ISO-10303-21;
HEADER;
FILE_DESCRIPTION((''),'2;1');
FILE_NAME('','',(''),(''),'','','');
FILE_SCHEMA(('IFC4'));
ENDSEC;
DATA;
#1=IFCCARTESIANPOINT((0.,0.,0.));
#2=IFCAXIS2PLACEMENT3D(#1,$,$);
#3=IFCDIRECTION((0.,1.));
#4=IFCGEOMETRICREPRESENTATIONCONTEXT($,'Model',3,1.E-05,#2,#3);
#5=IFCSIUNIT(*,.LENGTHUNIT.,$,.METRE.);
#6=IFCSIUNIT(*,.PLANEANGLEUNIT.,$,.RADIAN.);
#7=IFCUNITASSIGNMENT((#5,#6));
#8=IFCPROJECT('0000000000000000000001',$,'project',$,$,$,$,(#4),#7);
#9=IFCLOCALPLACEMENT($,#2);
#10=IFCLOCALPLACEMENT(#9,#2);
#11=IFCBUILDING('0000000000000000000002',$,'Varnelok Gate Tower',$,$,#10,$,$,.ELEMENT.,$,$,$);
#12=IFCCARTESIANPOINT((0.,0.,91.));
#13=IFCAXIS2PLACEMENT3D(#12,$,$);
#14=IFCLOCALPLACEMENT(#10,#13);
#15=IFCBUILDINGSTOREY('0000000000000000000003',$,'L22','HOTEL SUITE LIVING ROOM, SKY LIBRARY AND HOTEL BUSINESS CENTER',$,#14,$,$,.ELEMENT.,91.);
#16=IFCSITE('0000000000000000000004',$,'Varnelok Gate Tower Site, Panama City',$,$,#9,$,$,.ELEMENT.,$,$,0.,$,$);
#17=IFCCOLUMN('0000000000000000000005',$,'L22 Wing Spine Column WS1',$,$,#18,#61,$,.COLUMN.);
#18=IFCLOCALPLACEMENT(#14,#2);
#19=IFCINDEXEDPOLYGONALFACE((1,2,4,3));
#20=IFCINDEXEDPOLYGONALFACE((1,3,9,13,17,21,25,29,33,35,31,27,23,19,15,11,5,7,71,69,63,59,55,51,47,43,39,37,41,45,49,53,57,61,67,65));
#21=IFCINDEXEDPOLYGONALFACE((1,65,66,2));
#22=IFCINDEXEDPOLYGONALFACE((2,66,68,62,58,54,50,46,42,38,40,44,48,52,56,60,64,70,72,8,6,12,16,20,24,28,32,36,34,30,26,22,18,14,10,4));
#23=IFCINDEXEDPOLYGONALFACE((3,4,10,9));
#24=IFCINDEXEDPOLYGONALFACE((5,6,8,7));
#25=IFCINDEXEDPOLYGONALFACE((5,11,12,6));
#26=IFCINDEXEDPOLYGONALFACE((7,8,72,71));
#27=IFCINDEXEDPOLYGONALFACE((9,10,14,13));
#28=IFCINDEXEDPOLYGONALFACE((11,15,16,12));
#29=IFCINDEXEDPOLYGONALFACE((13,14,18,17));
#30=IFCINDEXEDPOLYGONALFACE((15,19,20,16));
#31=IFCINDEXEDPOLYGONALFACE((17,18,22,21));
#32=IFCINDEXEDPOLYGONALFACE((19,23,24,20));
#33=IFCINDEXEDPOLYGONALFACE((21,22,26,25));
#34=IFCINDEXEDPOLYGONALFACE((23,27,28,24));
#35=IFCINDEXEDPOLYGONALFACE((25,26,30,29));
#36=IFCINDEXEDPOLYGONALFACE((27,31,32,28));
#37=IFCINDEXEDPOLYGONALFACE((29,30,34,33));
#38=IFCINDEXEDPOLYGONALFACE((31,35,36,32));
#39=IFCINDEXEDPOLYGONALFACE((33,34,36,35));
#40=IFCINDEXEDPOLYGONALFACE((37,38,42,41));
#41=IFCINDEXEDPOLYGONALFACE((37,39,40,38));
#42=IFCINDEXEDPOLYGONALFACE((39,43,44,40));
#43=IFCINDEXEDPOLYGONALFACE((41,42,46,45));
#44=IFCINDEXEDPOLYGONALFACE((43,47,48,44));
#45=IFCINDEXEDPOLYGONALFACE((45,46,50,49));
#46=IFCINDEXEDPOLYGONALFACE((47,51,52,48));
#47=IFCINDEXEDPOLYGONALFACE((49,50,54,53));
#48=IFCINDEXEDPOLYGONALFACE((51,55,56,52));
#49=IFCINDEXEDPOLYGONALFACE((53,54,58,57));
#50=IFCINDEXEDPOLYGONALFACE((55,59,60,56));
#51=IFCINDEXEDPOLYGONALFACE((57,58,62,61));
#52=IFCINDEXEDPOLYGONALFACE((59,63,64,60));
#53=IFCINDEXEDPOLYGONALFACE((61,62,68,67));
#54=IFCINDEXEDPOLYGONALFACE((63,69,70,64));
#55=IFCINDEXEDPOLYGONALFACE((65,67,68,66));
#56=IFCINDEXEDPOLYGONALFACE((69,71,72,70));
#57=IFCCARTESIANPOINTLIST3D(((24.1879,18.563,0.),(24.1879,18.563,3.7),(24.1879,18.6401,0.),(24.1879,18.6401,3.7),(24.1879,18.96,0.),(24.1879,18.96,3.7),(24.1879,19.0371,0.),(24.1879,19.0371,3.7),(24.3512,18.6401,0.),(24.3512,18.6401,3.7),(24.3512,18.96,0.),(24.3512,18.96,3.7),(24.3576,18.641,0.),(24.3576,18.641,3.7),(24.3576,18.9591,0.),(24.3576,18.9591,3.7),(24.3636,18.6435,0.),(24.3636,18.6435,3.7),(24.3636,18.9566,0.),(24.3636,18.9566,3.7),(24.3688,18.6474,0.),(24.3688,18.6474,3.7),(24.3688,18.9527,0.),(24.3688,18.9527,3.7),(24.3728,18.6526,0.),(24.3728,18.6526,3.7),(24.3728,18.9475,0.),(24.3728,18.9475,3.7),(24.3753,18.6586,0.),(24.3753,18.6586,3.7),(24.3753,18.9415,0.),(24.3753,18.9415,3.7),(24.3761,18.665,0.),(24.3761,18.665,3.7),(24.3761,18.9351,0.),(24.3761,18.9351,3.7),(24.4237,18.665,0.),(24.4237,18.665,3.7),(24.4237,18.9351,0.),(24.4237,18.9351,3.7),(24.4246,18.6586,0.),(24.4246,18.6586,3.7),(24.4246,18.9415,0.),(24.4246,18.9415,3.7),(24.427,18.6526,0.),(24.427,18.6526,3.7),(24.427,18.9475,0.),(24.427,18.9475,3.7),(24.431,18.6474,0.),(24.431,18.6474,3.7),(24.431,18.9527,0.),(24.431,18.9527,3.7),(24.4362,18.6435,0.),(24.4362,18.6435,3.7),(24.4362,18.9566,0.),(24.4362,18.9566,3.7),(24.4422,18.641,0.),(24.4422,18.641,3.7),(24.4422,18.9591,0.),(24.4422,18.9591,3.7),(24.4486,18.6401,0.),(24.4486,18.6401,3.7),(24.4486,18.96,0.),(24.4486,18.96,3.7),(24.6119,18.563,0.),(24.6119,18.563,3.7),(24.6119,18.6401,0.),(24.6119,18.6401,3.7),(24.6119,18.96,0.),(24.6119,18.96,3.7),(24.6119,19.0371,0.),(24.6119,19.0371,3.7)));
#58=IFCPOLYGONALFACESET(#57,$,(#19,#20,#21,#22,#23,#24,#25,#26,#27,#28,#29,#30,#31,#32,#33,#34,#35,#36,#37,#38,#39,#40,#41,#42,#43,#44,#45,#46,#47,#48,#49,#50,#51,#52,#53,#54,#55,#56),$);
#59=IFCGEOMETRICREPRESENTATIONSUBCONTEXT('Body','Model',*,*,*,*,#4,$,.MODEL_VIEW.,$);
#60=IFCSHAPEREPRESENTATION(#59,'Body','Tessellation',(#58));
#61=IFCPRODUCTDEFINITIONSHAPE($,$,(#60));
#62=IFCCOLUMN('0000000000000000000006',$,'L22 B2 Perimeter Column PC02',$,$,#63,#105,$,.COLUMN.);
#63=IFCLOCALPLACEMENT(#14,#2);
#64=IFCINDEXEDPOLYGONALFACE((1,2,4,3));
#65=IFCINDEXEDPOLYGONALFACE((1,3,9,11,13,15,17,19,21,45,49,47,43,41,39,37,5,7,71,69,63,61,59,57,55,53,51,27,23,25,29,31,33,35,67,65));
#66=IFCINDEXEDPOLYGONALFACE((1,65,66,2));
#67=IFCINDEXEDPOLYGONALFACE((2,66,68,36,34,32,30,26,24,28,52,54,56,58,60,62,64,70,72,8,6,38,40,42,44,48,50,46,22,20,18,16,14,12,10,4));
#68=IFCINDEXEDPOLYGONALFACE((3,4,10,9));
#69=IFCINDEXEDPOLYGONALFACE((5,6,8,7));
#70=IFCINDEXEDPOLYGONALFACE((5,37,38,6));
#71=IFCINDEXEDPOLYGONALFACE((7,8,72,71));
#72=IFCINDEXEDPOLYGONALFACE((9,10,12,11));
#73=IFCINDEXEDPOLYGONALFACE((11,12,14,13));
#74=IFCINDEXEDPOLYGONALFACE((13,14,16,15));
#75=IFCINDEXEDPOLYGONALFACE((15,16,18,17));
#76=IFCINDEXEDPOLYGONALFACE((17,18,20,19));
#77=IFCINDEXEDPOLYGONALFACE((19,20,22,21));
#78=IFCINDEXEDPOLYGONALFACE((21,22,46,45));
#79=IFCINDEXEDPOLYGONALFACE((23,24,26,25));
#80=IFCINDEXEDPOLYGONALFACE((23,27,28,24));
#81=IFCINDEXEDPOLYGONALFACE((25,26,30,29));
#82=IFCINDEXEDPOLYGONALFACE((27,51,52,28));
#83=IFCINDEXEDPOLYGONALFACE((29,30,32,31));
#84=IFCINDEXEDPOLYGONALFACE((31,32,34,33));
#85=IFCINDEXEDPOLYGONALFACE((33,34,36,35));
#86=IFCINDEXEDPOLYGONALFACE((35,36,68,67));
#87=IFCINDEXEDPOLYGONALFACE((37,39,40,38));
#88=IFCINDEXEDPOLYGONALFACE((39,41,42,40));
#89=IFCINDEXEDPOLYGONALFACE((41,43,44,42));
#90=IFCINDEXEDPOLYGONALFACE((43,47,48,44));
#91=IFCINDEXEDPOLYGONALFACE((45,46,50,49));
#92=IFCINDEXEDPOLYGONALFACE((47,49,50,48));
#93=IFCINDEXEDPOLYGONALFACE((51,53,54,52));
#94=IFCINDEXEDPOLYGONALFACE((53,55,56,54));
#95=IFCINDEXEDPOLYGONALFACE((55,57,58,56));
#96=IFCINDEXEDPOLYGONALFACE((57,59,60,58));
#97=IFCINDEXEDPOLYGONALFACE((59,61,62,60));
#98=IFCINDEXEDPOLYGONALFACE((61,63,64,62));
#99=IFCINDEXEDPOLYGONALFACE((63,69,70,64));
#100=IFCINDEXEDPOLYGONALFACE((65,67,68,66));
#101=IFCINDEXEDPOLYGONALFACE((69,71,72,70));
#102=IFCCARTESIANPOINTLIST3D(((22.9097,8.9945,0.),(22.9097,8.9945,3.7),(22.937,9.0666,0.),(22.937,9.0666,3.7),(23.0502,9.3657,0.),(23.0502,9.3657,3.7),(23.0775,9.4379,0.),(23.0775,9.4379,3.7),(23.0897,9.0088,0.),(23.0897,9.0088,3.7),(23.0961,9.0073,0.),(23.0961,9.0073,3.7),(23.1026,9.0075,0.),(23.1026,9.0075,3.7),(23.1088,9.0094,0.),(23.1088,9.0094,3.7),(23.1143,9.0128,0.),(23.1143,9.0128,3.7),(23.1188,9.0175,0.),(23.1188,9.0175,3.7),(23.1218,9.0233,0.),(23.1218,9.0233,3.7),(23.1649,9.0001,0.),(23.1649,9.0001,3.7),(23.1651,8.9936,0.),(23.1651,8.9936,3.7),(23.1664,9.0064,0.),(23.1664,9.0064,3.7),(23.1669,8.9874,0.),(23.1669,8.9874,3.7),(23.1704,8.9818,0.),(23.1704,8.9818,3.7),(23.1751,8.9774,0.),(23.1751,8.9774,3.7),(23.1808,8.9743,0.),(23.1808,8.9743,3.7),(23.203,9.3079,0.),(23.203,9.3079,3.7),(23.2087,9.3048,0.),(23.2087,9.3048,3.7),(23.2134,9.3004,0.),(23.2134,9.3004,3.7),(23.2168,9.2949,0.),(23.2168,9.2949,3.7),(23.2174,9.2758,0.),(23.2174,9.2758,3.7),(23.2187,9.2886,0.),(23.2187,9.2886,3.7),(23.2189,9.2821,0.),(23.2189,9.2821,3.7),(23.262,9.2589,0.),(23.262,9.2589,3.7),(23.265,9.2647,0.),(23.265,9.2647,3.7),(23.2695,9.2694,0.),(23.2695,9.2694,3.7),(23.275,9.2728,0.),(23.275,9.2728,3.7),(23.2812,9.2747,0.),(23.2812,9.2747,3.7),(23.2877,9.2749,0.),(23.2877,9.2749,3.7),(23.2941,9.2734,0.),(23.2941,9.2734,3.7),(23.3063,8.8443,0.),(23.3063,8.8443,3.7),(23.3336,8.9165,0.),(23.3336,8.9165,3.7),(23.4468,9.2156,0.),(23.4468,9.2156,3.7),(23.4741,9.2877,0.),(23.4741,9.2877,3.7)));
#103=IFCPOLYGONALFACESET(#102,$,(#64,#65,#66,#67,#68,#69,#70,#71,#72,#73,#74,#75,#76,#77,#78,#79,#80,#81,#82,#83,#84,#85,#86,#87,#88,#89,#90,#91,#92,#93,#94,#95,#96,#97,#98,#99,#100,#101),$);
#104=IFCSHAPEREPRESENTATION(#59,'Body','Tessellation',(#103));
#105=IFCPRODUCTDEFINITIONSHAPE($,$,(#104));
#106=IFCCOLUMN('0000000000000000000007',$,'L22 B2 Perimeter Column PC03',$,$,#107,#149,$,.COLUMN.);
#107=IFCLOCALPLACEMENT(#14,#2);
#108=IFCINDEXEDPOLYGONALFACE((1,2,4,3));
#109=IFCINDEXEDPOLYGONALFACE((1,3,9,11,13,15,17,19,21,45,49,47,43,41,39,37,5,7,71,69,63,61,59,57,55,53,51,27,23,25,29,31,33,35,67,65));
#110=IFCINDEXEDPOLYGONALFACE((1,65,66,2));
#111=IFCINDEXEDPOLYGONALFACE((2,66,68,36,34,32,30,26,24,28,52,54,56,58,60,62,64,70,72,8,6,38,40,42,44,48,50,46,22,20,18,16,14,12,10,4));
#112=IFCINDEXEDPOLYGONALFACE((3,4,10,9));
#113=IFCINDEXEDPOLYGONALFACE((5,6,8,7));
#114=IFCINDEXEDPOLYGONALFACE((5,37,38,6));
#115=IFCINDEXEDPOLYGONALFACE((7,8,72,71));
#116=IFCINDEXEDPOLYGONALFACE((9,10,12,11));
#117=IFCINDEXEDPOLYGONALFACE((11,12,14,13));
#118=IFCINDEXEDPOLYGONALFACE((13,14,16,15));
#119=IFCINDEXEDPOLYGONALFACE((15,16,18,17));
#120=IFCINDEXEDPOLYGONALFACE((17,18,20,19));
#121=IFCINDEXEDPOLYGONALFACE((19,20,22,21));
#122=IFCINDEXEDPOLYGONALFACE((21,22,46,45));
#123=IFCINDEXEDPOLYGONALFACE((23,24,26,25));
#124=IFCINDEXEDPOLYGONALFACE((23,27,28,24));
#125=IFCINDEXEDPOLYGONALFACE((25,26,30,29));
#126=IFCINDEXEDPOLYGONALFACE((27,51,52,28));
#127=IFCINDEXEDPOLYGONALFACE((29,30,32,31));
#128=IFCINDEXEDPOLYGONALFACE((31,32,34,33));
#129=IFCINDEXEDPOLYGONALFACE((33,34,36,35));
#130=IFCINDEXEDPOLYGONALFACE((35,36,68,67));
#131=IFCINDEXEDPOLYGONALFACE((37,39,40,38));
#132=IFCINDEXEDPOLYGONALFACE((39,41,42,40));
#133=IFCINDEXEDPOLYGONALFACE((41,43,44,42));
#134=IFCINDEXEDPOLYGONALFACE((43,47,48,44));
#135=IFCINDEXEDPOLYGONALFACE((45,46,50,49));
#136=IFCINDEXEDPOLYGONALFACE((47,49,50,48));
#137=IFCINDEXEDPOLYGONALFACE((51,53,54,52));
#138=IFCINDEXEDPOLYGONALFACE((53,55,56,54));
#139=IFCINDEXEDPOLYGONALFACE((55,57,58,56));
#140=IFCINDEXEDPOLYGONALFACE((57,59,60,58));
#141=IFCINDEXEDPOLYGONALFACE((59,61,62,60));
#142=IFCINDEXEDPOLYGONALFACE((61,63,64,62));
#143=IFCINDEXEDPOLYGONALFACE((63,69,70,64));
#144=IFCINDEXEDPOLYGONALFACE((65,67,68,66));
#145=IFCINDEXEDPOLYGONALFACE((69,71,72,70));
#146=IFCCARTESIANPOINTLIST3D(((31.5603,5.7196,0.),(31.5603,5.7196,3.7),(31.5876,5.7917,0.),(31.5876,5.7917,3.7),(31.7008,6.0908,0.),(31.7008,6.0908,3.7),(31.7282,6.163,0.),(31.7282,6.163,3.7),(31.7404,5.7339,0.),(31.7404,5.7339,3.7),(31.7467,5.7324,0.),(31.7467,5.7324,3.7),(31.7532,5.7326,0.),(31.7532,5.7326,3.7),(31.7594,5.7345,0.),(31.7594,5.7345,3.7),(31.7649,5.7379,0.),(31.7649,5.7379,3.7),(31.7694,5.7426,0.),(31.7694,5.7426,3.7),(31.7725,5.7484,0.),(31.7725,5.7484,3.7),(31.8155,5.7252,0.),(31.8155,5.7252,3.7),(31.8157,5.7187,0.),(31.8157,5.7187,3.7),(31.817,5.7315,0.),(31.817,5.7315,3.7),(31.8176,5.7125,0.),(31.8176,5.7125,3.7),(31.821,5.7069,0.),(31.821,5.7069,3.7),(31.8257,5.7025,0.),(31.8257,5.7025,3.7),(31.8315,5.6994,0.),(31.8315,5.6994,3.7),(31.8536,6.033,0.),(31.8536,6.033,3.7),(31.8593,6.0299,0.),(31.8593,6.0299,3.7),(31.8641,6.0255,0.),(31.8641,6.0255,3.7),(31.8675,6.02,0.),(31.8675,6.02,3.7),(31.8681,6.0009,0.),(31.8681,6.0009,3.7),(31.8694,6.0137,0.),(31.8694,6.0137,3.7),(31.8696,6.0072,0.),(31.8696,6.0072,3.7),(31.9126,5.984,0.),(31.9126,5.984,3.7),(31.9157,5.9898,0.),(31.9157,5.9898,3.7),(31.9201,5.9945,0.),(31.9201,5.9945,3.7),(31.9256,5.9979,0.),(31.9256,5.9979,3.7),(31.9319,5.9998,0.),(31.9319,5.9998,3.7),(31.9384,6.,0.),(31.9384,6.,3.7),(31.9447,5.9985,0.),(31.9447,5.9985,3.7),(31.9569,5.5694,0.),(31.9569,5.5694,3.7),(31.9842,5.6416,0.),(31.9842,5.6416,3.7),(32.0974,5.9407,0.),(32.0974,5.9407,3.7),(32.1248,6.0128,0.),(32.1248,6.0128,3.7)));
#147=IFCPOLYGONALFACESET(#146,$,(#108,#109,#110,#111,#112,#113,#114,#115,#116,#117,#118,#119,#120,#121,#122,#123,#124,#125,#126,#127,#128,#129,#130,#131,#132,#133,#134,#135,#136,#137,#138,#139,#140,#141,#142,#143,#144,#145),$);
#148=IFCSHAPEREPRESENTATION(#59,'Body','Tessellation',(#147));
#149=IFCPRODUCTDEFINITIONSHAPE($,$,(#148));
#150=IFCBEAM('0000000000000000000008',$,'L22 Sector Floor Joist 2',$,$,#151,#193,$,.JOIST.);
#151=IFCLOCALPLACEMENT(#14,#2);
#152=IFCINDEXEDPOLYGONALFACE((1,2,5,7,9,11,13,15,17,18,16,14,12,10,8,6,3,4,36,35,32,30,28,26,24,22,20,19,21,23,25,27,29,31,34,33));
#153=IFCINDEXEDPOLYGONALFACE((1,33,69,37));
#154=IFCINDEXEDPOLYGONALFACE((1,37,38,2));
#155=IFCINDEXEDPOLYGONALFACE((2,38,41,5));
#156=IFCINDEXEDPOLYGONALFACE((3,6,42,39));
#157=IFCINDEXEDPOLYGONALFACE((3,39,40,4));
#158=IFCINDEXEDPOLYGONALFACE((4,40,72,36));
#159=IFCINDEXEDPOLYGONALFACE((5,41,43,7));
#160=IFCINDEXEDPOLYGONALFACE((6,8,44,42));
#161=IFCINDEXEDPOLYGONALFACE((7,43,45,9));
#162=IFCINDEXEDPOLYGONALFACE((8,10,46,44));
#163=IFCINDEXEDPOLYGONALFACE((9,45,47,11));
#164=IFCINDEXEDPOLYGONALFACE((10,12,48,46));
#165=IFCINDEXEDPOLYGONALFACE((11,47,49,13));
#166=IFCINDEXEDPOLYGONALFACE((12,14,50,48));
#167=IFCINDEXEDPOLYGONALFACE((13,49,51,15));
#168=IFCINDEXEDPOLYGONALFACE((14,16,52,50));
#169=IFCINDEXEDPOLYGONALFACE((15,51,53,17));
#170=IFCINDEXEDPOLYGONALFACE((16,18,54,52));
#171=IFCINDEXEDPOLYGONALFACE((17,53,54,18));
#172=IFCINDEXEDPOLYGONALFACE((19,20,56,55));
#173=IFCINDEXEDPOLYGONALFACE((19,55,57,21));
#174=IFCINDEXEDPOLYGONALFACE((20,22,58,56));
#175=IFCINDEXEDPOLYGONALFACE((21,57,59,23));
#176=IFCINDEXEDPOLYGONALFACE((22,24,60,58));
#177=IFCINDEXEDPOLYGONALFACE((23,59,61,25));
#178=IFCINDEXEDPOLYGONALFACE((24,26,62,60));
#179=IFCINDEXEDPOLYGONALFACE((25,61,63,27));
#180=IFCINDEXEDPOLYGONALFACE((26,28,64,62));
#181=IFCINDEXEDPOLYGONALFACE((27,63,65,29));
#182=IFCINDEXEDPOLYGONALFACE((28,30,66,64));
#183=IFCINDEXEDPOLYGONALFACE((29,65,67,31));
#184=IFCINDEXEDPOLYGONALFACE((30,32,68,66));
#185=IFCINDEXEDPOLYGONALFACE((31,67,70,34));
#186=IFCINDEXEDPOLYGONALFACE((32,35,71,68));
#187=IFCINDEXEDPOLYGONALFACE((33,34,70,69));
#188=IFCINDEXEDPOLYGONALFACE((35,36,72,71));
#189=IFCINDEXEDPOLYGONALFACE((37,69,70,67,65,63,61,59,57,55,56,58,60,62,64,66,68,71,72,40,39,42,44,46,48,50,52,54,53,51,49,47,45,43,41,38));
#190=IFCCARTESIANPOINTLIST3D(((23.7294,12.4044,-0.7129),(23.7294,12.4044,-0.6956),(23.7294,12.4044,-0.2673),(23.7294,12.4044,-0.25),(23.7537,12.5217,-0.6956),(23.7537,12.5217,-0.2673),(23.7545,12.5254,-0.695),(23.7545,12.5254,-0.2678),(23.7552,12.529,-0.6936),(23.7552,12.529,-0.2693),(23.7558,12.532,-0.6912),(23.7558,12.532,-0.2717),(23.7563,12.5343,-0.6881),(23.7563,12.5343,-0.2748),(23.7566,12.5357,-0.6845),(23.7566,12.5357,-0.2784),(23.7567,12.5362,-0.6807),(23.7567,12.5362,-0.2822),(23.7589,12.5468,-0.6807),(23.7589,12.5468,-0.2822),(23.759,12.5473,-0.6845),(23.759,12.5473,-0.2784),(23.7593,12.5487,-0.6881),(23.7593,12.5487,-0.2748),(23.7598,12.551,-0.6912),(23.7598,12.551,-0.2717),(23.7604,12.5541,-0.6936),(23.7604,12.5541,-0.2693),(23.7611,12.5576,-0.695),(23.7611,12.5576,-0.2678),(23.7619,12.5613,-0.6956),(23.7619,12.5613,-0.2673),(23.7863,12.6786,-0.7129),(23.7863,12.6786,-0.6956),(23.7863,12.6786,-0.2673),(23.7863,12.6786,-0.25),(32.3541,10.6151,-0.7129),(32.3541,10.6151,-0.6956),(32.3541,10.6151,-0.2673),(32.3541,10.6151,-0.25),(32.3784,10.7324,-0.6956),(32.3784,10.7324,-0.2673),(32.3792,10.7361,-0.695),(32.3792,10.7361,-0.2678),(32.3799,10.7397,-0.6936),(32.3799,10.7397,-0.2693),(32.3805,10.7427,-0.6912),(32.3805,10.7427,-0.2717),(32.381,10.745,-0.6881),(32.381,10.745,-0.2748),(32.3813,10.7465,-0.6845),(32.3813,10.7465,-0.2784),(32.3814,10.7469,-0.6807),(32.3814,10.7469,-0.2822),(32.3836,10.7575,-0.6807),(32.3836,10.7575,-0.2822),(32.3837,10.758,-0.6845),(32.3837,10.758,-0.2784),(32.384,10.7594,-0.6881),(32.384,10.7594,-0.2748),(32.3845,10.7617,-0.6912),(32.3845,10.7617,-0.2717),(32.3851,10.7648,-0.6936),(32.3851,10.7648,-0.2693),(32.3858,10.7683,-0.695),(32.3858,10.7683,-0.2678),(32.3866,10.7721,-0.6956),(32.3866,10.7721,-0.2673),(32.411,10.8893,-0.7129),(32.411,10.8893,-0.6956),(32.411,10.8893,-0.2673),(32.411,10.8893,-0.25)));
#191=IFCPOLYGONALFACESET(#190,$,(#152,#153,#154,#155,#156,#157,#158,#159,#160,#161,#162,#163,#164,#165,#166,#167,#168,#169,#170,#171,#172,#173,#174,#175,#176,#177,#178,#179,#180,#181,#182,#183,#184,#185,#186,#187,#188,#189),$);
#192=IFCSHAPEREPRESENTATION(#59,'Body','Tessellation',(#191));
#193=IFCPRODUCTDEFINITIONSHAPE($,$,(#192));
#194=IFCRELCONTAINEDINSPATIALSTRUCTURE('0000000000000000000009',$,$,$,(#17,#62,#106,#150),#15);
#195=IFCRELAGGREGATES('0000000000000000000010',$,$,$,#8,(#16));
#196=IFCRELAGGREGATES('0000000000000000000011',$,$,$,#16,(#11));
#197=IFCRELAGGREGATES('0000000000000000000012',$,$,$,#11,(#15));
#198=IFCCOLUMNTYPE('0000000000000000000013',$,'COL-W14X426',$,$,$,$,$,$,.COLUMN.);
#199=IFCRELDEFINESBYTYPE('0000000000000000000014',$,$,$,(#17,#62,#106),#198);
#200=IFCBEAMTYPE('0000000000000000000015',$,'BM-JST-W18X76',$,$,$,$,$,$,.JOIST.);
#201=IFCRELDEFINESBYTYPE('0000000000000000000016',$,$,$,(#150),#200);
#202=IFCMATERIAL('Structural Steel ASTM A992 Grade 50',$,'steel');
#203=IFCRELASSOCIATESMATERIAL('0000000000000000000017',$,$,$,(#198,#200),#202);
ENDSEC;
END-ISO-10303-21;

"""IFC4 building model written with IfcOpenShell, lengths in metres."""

from ifc_helpers import new_model, si_unit, direction, frame, origin, origin_2d, place, context, subcontext, project, spatial, i_section, extrude, material, material_profile, profile_set, type_object, element, save


model = new_model("IFC4")

# Units and contexts
model_context = context("Model", 3, precision=1e-05, world=origin(), true_north=direction((0.0, 1.0)))
body_context = subcontext(model_context, "Body", "Model", "MODEL_VIEW")
ifc_project = project(units=[si_unit("LENGTHUNIT", "METRE"), si_unit("PLANEANGLEUNIT", "RADIAN")], contexts=[model_context])

# Site, building, storey
site_placement = place(None, origin())
site = spatial("IfcSite", under=ifc_project, at=site_placement, Name="Varnelok Gate Tower Site, Panama City", CompositionType="ELEMENT", RefElevation=0.0)
building_placement = place(site_placement, origin())
building = spatial("IfcBuilding", under=site, at=building_placement, Name="Varnelok Gate Tower", CompositionType="ELEMENT")
storey_placement = place(building_placement, frame((0.0, 0.0, 91.0)))
storey = spatial("IfcBuildingStorey", under=building, at=storey_placement, Name="L22", Description="HOTEL SUITE LIVING ROOM, SKY LIBRARY AND HOTEL BUSINESS CENTER", CompositionType="ELEMENT", Elevation=91.0)

# Columns
ifc_material_1 = material(Name="Structural Steel ASTM A992 Grade 50", Category="steel")
ifc_material_profile_1 = material_profile(ifc_material_1, i_section(OverallWidth=0.4241, OverallDepth=0.4741, WebThickness=0.0476, FlangeThickness=0.0771, FilletRadius=0.0249, at=origin_2d()), Name="W14X426")
ifc_profile_set_1 = profile_set([ifc_material_profile_1], Name="Structural Steel ASTM A992 Grade 50")
column_type = type_object("IfcColumnType", Name="COL-W14X426", PredefinedType="COLUMN", material=ifc_profile_set_1)
for number, where, z_axis, x_axis, name in (
    (1, (24.3999, 18.8, 0.0), (0.0, 0.0, 1.0), (1.0, 0.0, 0.0), "L22 Wing Spine Column WS1"),
    (2, (23.1919, 9.1411, 0.0), (0.0, 0.0, 1.0), (0.935222, -0.354063, 0.0), "L22 B2 Perimeter Column PC02"),
    (3, (31.8425, 5.8662, 0.0), (0.0, 0.0, 1.0), (0.935222, -0.354063, 0.0), "L22 B2 Perimeter Column PC03"),
):
    element("IfcColumn", number, at=place(storey_placement, frame(where, z_axis=z_axis, x_axis=x_axis)), inside=storey, type_object=column_type, Name=name, PredefinedType="COLUMN", context=body_context, shape_type="SweptSolid", body=[
        extrude(i_section(OverallWidth=0.4241, OverallDepth=0.4741, WebThickness=0.0476, FlangeThickness=0.0771, FilletRadius=0.0249, at=origin_2d()), origin(), (0.0, 0.0, 1.0), 3.7),
    ])

# Beam
ifc_material_profile_2 = material_profile(ifc_material_1, i_section(OverallWidth=0.28, OverallDepth=0.4629, WebThickness=0.0107, FlangeThickness=0.0173, FilletRadius=0.0149, at=origin_2d()), Name="W18X76")
ifc_profile_set_2 = profile_set([ifc_material_profile_2], Name="Structural Steel ASTM A992 Grade 50")
beam_type_1 = type_object("IfcBeamType", Name="BM-JST-W18X76", PredefinedType="JOIST", material=ifc_profile_set_2)
beam_1_placement = place(storey_placement, frame((23.7578, 12.5415, -0.4814), z_axis=(0.97915, -0.203136, 0.0), x_axis=(0.203136, 0.97915, 0.0)))
element("IfcBeam", 4, at=beam_1_placement, inside=storey, type_object=beam_type_1, Name="L22 Sector Floor Joist 2", PredefinedType="JOIST", context=body_context, shape_type="SweptSolid", body=[
    extrude(i_section(OverallWidth=0.28, OverallDepth=0.4629, WebThickness=0.0107, FlangeThickness=0.0173, FilletRadius=0.0149, at=origin_2d()), origin(), (0.0, 0.0, 1.0), 8.8083),
])

save(model, "model.ifc")
